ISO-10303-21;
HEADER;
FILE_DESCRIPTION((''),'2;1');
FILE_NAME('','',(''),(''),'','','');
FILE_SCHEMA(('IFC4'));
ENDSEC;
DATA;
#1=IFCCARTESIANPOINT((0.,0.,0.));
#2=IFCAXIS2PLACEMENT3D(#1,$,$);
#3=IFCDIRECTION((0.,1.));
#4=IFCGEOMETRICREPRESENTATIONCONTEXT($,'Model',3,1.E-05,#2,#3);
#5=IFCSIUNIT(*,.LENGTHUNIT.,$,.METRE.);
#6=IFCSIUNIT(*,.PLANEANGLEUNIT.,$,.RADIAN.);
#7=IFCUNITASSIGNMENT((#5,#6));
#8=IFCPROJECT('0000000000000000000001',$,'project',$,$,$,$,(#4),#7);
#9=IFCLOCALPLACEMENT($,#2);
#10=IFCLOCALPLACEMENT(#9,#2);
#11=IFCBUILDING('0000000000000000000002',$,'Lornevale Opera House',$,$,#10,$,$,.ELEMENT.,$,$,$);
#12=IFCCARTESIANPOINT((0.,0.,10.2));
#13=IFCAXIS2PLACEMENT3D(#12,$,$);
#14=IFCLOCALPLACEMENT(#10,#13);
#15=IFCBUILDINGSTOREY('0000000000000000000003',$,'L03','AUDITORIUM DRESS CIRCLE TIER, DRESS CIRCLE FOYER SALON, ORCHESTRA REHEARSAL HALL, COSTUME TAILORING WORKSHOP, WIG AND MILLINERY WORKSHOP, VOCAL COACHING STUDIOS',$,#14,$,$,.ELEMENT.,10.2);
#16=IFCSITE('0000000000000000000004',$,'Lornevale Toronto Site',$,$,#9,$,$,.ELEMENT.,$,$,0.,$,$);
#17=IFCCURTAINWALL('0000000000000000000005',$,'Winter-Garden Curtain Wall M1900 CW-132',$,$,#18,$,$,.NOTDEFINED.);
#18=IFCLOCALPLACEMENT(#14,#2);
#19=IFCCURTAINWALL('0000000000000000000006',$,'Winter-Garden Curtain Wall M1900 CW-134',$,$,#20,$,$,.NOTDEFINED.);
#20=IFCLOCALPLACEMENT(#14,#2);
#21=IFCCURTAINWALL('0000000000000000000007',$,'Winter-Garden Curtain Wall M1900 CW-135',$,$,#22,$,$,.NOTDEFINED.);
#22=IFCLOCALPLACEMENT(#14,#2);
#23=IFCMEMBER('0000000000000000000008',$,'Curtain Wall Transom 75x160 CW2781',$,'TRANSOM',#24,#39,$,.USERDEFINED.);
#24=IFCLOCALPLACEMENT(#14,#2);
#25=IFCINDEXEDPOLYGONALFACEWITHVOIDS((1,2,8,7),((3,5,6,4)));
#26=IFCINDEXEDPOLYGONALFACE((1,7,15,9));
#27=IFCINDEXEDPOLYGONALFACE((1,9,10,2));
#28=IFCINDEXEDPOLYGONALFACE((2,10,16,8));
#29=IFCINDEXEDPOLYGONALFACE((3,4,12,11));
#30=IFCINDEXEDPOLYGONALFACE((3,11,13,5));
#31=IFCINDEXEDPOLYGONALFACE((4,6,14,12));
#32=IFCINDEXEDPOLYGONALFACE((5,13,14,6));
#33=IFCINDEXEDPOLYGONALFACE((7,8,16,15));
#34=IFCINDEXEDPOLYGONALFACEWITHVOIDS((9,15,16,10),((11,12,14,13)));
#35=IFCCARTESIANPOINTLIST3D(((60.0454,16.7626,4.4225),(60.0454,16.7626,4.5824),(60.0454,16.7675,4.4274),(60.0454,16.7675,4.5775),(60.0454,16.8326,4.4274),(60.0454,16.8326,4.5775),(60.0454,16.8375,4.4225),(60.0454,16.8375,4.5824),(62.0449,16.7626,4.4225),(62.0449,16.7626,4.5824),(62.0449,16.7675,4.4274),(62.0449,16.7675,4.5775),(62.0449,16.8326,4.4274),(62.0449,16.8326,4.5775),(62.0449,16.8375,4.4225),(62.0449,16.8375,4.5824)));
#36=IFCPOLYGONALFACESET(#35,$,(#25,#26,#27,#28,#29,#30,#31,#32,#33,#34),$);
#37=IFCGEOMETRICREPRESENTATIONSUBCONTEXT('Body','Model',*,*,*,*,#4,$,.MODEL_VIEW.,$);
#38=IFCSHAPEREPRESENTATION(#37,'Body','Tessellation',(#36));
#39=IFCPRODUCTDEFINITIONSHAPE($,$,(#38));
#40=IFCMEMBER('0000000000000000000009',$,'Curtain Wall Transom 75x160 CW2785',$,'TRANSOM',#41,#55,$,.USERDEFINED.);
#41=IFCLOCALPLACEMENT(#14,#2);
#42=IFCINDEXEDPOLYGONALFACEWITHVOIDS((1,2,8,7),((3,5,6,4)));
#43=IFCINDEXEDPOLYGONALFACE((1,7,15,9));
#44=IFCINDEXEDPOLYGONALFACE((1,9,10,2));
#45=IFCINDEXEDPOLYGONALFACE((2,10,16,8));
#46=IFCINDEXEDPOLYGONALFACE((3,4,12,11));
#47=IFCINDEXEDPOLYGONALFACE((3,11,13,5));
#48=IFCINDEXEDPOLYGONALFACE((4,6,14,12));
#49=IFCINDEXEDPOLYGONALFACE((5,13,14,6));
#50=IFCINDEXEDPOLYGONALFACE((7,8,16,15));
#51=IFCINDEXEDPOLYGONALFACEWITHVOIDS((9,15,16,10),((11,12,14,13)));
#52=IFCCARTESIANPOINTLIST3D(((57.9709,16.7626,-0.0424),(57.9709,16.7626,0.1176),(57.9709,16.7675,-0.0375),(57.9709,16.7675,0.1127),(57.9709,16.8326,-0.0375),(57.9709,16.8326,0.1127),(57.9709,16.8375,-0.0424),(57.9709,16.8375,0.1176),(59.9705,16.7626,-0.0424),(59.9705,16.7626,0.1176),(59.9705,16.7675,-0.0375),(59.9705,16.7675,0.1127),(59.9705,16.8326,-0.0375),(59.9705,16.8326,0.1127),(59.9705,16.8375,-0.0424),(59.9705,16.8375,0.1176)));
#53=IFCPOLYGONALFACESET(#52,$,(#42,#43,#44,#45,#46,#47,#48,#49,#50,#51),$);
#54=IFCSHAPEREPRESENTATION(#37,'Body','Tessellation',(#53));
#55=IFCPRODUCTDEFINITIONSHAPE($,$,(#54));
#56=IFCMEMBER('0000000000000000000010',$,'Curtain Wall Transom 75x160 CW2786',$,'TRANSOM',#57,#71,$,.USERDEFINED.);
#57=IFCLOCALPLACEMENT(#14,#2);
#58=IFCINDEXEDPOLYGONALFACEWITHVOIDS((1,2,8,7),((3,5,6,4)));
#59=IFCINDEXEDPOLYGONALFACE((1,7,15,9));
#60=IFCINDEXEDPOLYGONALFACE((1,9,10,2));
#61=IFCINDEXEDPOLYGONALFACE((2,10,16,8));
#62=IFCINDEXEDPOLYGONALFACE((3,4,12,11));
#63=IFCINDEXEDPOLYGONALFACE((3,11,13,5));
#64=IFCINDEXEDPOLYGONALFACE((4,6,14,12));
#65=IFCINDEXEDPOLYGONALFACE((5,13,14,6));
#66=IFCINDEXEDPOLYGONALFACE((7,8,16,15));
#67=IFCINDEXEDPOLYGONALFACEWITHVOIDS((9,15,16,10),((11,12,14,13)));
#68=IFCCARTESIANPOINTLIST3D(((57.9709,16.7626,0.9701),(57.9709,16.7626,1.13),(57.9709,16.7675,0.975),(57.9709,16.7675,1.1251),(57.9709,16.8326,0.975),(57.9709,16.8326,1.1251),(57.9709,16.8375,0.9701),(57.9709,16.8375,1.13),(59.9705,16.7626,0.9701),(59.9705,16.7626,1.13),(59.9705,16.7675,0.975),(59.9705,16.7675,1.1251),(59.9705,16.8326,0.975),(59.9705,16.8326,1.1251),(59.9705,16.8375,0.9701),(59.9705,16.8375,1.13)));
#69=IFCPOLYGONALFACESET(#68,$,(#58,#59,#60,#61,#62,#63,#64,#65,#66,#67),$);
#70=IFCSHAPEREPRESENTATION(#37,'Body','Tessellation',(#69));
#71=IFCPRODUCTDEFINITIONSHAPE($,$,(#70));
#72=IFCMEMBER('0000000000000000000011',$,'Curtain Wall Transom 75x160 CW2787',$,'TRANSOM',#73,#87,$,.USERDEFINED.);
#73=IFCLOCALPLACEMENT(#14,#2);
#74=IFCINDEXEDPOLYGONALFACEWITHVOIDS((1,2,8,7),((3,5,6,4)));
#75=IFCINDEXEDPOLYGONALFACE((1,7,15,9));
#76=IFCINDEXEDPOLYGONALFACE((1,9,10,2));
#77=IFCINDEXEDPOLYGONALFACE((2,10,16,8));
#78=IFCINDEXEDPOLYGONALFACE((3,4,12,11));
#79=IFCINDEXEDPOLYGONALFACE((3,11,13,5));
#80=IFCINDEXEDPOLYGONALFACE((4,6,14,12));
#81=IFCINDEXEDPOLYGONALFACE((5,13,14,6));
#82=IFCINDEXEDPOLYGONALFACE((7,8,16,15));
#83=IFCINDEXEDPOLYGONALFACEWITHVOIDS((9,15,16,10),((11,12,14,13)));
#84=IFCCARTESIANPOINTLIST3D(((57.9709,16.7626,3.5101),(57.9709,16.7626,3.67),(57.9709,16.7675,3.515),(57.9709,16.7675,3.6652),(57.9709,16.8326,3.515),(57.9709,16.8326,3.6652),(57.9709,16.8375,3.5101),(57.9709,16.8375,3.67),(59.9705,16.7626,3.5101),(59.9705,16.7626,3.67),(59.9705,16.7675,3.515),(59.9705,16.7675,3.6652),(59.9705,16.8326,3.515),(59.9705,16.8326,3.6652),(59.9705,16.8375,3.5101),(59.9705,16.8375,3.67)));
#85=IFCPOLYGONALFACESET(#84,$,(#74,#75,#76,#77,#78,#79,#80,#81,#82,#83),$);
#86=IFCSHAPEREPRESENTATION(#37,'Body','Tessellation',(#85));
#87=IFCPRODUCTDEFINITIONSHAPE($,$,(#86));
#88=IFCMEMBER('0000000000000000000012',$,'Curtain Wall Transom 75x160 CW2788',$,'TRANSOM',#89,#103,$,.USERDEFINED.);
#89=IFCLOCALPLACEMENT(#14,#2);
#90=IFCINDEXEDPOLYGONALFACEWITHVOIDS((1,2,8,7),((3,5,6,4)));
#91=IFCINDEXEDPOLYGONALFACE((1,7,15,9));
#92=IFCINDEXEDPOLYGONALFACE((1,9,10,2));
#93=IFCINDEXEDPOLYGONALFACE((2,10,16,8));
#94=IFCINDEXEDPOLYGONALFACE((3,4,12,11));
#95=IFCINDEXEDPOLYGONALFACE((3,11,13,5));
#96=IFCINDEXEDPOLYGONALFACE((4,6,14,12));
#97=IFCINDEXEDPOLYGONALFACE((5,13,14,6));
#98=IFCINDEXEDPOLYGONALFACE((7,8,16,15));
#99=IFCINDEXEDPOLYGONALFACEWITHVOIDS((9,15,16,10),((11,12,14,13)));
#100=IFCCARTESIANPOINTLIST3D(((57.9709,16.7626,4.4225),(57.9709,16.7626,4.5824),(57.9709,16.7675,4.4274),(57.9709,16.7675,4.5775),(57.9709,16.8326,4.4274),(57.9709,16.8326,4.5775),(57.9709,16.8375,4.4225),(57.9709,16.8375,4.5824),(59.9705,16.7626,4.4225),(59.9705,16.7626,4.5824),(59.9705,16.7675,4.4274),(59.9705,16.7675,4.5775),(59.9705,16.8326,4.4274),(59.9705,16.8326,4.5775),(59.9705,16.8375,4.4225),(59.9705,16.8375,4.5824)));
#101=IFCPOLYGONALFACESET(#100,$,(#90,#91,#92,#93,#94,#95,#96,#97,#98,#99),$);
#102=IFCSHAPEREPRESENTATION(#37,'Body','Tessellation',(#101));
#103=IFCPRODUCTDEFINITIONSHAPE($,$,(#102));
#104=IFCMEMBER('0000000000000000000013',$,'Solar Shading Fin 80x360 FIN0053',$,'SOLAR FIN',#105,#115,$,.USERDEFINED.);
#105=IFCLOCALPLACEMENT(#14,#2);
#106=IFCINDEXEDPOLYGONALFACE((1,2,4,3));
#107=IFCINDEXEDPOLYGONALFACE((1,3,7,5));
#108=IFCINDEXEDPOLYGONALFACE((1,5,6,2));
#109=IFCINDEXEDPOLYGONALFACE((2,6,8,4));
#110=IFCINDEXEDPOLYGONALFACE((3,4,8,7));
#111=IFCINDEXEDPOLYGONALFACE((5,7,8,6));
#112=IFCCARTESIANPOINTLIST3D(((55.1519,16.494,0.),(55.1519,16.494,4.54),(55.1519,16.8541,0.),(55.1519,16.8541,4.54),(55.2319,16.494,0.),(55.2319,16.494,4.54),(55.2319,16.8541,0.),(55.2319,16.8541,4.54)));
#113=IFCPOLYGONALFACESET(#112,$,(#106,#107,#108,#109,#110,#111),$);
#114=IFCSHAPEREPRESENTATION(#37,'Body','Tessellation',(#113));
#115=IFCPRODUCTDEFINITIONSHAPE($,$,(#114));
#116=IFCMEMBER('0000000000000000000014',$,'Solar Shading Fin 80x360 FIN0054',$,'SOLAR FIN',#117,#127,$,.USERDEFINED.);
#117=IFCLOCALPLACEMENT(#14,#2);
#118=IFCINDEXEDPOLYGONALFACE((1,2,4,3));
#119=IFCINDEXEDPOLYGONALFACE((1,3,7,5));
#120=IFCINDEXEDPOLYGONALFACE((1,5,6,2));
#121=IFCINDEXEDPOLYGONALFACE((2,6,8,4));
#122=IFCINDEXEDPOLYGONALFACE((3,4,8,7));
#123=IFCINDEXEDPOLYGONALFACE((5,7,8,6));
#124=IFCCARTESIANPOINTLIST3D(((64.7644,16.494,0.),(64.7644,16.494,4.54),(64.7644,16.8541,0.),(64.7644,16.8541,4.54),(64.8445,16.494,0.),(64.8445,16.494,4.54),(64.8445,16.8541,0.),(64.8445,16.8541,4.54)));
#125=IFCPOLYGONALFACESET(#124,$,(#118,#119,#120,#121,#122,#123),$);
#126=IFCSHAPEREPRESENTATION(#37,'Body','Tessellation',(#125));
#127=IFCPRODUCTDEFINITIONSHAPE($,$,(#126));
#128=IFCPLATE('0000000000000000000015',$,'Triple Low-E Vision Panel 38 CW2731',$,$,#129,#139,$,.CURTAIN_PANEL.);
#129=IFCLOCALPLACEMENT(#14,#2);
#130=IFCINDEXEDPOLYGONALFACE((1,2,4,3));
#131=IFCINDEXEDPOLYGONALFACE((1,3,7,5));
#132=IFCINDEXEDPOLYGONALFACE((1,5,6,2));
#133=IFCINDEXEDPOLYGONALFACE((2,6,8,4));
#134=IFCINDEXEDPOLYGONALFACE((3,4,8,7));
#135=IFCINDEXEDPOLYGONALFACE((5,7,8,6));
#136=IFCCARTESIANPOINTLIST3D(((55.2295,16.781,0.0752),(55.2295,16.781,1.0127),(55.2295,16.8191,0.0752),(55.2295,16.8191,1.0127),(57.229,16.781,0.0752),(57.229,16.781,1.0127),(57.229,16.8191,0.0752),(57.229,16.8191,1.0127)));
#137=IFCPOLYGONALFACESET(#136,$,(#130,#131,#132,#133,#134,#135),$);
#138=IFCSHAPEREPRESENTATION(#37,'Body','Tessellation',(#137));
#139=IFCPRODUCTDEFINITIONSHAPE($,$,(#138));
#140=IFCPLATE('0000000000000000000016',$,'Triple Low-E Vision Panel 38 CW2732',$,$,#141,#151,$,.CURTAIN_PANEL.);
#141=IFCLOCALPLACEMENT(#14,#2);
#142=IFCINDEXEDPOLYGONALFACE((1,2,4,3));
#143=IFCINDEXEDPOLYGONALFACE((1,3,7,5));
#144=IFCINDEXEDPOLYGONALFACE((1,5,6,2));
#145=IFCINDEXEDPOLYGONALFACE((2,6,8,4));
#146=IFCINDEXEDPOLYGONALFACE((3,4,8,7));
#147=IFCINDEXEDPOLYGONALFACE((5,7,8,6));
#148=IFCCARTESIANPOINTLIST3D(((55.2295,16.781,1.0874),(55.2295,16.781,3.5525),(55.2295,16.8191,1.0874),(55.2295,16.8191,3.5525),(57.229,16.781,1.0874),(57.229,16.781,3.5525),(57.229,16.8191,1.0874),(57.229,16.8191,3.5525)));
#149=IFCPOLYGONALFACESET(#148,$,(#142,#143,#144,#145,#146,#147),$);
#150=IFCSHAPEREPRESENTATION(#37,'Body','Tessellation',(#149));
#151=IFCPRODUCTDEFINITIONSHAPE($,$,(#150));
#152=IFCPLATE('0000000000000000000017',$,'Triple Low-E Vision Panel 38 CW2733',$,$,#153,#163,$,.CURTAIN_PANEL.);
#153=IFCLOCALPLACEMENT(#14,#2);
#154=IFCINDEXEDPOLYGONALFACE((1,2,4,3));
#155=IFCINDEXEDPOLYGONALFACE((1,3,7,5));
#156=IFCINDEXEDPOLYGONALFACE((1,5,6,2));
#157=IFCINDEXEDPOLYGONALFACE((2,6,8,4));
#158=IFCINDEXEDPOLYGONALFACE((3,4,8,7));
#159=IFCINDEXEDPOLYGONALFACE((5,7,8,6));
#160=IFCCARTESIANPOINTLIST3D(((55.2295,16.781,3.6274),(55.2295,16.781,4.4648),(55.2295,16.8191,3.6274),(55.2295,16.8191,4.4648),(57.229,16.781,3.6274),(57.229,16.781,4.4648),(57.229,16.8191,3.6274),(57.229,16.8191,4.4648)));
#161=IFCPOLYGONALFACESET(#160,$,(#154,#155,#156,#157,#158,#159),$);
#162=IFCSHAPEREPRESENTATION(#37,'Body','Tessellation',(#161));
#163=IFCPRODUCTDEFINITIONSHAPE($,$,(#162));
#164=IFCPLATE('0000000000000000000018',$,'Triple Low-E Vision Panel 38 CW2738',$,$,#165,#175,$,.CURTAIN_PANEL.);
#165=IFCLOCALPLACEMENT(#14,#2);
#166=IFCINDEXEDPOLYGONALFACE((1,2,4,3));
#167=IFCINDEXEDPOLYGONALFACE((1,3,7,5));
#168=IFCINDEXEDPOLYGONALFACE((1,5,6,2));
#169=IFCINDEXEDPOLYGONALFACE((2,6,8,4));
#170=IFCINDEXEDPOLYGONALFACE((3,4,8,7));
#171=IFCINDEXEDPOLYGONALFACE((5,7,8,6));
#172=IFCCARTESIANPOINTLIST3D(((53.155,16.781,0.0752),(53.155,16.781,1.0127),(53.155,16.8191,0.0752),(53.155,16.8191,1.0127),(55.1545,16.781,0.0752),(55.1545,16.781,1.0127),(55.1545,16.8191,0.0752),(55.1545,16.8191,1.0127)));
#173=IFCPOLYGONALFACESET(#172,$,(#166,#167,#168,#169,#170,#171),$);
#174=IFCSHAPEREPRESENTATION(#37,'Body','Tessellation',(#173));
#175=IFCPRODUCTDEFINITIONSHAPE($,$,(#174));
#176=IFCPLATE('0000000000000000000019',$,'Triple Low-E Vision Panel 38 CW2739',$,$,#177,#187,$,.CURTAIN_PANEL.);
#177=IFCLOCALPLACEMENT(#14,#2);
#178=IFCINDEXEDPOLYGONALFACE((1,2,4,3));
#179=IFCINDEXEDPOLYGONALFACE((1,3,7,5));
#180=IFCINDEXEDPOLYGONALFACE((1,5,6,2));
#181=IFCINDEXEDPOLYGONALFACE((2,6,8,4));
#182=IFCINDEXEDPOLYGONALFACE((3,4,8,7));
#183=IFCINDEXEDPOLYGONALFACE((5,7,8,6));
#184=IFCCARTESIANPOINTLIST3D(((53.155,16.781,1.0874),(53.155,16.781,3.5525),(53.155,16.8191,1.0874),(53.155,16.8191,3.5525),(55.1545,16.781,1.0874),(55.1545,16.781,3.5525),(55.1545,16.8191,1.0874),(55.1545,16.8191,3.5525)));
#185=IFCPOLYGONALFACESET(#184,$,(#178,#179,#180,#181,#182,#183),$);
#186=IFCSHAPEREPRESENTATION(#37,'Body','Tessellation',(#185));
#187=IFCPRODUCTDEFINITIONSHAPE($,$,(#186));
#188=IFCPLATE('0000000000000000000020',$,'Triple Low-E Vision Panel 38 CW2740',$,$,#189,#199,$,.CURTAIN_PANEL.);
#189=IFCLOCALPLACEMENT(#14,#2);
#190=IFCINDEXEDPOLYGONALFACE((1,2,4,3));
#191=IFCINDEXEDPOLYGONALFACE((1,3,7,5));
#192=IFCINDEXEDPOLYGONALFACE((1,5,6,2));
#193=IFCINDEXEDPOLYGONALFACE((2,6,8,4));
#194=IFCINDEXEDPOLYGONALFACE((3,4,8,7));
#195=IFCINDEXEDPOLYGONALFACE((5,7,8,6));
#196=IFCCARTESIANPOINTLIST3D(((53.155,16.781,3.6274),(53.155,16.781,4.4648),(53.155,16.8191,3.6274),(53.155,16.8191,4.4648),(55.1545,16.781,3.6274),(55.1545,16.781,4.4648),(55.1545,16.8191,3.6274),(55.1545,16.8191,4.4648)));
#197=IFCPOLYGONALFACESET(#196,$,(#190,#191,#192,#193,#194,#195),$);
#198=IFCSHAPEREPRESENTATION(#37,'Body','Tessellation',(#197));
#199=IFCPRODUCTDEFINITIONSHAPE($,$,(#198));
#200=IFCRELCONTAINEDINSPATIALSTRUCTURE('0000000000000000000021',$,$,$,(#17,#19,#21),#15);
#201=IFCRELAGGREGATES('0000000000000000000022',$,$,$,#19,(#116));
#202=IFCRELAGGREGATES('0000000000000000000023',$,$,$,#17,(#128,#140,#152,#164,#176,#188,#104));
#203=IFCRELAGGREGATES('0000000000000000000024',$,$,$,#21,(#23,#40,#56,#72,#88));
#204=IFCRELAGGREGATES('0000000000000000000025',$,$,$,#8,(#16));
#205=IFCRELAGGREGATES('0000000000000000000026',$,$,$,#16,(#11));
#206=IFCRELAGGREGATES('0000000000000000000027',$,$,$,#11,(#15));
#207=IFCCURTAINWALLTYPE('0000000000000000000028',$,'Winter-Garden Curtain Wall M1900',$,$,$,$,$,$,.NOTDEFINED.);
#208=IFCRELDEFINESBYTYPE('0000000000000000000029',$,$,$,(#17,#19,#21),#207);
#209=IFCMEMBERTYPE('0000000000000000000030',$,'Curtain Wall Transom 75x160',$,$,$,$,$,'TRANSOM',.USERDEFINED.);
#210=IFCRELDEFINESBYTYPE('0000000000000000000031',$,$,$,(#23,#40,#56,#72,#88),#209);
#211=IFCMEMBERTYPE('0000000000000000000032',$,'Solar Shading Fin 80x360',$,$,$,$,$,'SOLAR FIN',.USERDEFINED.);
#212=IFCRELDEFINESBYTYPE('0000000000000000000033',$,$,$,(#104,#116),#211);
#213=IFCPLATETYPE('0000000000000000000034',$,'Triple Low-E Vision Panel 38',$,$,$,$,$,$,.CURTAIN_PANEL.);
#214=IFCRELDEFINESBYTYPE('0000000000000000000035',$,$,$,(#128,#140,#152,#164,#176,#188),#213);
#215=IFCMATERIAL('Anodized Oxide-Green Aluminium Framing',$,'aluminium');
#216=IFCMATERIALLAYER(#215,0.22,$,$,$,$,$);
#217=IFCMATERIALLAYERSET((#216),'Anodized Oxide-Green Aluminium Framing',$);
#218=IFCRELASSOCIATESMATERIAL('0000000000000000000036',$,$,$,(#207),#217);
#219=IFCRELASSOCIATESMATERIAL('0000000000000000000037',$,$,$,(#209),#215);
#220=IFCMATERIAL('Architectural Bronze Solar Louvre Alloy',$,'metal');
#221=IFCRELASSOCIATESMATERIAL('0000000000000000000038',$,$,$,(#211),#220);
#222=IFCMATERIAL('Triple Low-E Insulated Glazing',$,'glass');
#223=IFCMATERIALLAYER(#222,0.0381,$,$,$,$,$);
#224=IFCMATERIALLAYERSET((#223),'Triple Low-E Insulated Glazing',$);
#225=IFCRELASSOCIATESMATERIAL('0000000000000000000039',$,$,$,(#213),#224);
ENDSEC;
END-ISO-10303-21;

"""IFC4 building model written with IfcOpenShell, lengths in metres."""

from ifc_helpers import new_model, si_unit, direction, frame, origin, origin_2d, place, context, subcontext, project, spatial, rectangle, hollow_rectangle, extrude, material, layer, layer_set, material_profile, profile_set, type_object, element, aggregate, save


model = new_model("IFC4")

# Units and contexts
model_context = context("Model", 3, precision=1e-05, world=origin(), true_north=direction((0.0, 1.0)))
body_context = subcontext(model_context, "Body", "Model", "MODEL_VIEW")
ifc_project = project(units=[si_unit("LENGTHUNIT", "METRE"), si_unit("PLANEANGLEUNIT", "RADIAN")], contexts=[model_context])

# Site, building, storey
site_placement = place(None, origin())
site = spatial("IfcSite", under=ifc_project, at=site_placement, Name="Lornevale Toronto Site", CompositionType="ELEMENT", RefElevation=0.0)
building_placement = place(site_placement, origin())
building = spatial("IfcBuilding", under=site, at=building_placement, Name="Lornevale Opera House", CompositionType="ELEMENT")
storey_placement = place(building_placement, frame((0.0, 0.0, 10.2)))
storey = spatial("IfcBuildingStorey", under=building, at=storey_placement, Name="L03", Description="AUDITORIUM DRESS CIRCLE TIER, DRESS CIRCLE FOYER SALON, ORCHESTRA REHEARSAL HALL, COSTUME TAILORING WORKSHOP, WIG AND MILLINERY WORKSHOP, VOCAL COACHING STUDIOS", CompositionType="ELEMENT", Elevation=10.2)

# Curtain wall
ifc_material_1 = material(Name="Anodized Oxide-Green Aluminium Framing", Category="aluminium")
ifc_layer_1 = layer(ifc_material_1, 0.22)
ifc_layer_set_1 = layer_set([ifc_layer_1], Name="Anodized Oxide-Green Aluminium Framing")
curtain_wall_type = type_object("IfcCurtainWallType", Name="Winter-Garden Curtain Wall M1900", PredefinedType="NOTDEFINED", material=ifc_layer_set_1)
curtain_wall_1_placement = place(storey_placement, origin())
curtain_wall_1 = element("IfcCurtainWall", 1, at=curtain_wall_1_placement, inside=storey, type_object=curtain_wall_type, Name="Winter-Garden Curtain Wall M1900 CW-132", PredefinedType="NOTDEFINED")

# Curtain wall
curtain_wall_2_placement = place(storey_placement, origin())
curtain_wall_2 = element("IfcCurtainWall", 2, at=curtain_wall_2_placement, inside=storey, type_object=curtain_wall_type, Name="Winter-Garden Curtain Wall M1900 CW-134", PredefinedType="NOTDEFINED")

# Curtain wall
curtain_wall_3_placement = place(storey_placement, origin())
curtain_wall_3 = element("IfcCurtainWall", 3, at=curtain_wall_3_placement, inside=storey, type_object=curtain_wall_type, Name="Winter-Garden Curtain Wall M1900 CW-135", PredefinedType="NOTDEFINED")

# Members
ifc_material_profile_1 = material_profile(ifc_material_1, hollow_rectangle(XDim=0.075, YDim=0.1599, WallThickness=0.0049, at=origin_2d()), Name="ALU75x160x5")
ifc_profile_set_1 = profile_set([ifc_material_profile_1], Name="Anodized Oxide-Green Aluminium Framing")
member_type_1 = type_object("IfcMemberType", Name="Curtain Wall Transom 75x160", ElementType="TRANSOM", PredefinedType="USERDEFINED", material=ifc_profile_set_1)
member_1_placement = place(storey_placement, frame((62.0449, 16.8, 4.5024), z_axis=(-1.0, 0.0, 0.0), x_axis=(0.0, -1.0, 0.0)))
member_1 = element("IfcMember", 4, at=member_1_placement, type_object=member_type_1, Name="Curtain Wall Transom 75x160 CW2781", ObjectType="TRANSOM", PredefinedType="USERDEFINED", context=body_context, shape_type="SweptSolid", body=[
    extrude(hollow_rectangle(XDim=0.075, YDim=0.1599, WallThickness=0.0049, at=origin_2d()), origin(), (0.0, 0.0, 1.0), 1.9995),
])
member_2_placement = place(storey_placement, frame((59.9705, 16.8, 0.0376), z_axis=(-1.0, 0.0, 0.0), x_axis=(0.0, -1.0, 0.0)))
member_2 = element("IfcMember", 5, at=member_2_placement, type_object=member_type_1, Name="Curtain Wall Transom 75x160 CW2785", ObjectType="TRANSOM", PredefinedType="USERDEFINED", context=body_context, shape_type="SweptSolid", body=[
    extrude(hollow_rectangle(XDim=0.075, YDim=0.1599, WallThickness=0.0049, at=origin_2d()), origin(), (0.0, 0.0, 1.0), 1.9995),
])
member_3_placement = place(storey_placement, frame((59.9705, 16.8, 1.05), z_axis=(-1.0, 0.0, 0.0), x_axis=(0.0, -1.0, 0.0)))
member_3 = element("IfcMember", 6, at=member_3_placement, type_object=member_type_1, Name="Curtain Wall Transom 75x160 CW2786", ObjectType="TRANSOM", PredefinedType="USERDEFINED", context=body_context, shape_type="SweptSolid", body=[
    extrude(hollow_rectangle(XDim=0.075, YDim=0.1599, WallThickness=0.0049, at=origin_2d()), origin(), (0.0, 0.0, 1.0), 1.9995),
])
member_4_placement = place(storey_placement, frame((59.9705, 16.8, 3.5901), z_axis=(-1.0, 0.0, 0.0), x_axis=(0.0, -1.0, 0.0)))
member_4 = element("IfcMember", 7, at=member_4_placement, type_object=member_type_1, Name="Curtain Wall Transom 75x160 CW2787", ObjectType="TRANSOM", PredefinedType="USERDEFINED", context=body_context, shape_type="SweptSolid", body=[
    extrude(hollow_rectangle(XDim=0.075, YDim=0.1599, WallThickness=0.0049, at=origin_2d()), origin(), (0.0, 0.0, 1.0), 1.9995),
])
member_5_placement = place(storey_placement, frame((59.9705, 16.8, 4.5024), z_axis=(-1.0, 0.0, 0.0), x_axis=(0.0, -1.0, 0.0)))
member_5 = element("IfcMember", 8, at=member_5_placement, type_object=member_type_1, Name="Curtain Wall Transom 75x160 CW2788", ObjectType="TRANSOM", PredefinedType="USERDEFINED", context=body_context, shape_type="SweptSolid", body=[
    extrude(hollow_rectangle(XDim=0.075, YDim=0.1599, WallThickness=0.0049, at=origin_2d()), origin(), (0.0, 0.0, 1.0), 1.9995),
])
ifc_material_2 = material(Name="Architectural Bronze Solar Louvre Alloy", Category="metal")
ifc_material_profile_2 = material_profile(ifc_material_2, rectangle(XDim=0.0801, YDim=0.3601, at=origin_2d()), Name="FIN80x360")
ifc_profile_set_2 = profile_set([ifc_material_profile_2], Name="Architectural Bronze Solar Louvre Alloy")
member_type_2 = type_object("IfcMemberType", Name="Solar Shading Fin 80x360", ElementType="SOLAR FIN", PredefinedType="USERDEFINED", material=ifc_profile_set_2)
member_6_placement = place(storey_placement, frame((55.1919, 16.6741, 0.0), z_axis=(0.0, 0.0, 1.0), x_axis=(-1.0, 0.0, 0.0)))
member_6 = element("IfcMember", 9, at=member_6_placement, type_object=member_type_2, Name="Solar Shading Fin 80x360 FIN0053", ObjectType="SOLAR FIN", PredefinedType="USERDEFINED", context=body_context, shape_type="SweptSolid", body=[
    extrude(rectangle(XDim=0.0801, YDim=0.3601, at=origin_2d()), origin(), (0.0, 0.0, 1.0), 4.54),
])
member_7_placement = place(storey_placement, frame((64.8044, 16.6741, 0.0), z_axis=(0.0, 0.0, 1.0), x_axis=(-1.0, 0.0, 0.0)))
member_7 = element("IfcMember", 10, at=member_7_placement, type_object=member_type_2, Name="Solar Shading Fin 80x360 FIN0054", ObjectType="SOLAR FIN", PredefinedType="USERDEFINED", context=body_context, shape_type="SweptSolid", body=[
    extrude(rectangle(XDim=0.0801, YDim=0.3601, at=origin_2d()), origin(), (0.0, 0.0, 1.0), 4.54),
])
aggregate(curtain_wall_2, [member_7])

# Plates
ifc_material_3 = material(Name="Triple Low-E Insulated Glazing", Category="glass")
ifc_layer_2 = layer(ifc_material_3, 0.0381)
ifc_layer_set_2 = layer_set([ifc_layer_2], Name="Triple Low-E Insulated Glazing")
plate_type = type_object("IfcPlateType", Name="Triple Low-E Vision Panel 38", PredefinedType="CURTAIN_PANEL", material=ifc_layer_set_2)
plate_1_placement = place(storey_placement, frame((56.2292, 16.8, 0.0752), z_axis=(0.0, 0.0, 1.0), x_axis=(-1.0, 0.0, 0.0)))
plate_1 = element("IfcPlate", 11, at=plate_1_placement, type_object=plate_type, Name="Triple Low-E Vision Panel 38 CW2731", PredefinedType="CURTAIN_PANEL", context=body_context, shape_type="SweptSolid", body=[
    extrude(rectangle(XDim=1.9995, YDim=0.0381, at=origin_2d()), origin(), (0.0, 0.0, 1.0), 0.9375),
])
plate_2_placement = place(storey_placement, frame((56.2292, 16.8, 1.0874), z_axis=(0.0, 0.0, 1.0), x_axis=(-1.0, 0.0, 0.0)))
plate_2 = element("IfcPlate", 12, at=plate_2_placement, type_object=plate_type, Name="Triple Low-E Vision Panel 38 CW2732", PredefinedType="CURTAIN_PANEL", context=body_context, shape_type="SweptSolid", body=[
    extrude(rectangle(XDim=1.9995, YDim=0.0381, at=origin_2d()), origin(), (0.0, 0.0, 1.0), 2.4651),
])
plate_3_placement = place(storey_placement, frame((56.2292, 16.8, 3.6274), z_axis=(0.0, 0.0, 1.0), x_axis=(-1.0, 0.0, 0.0)))
plate_3 = element("IfcPlate", 13, at=plate_3_placement, type_object=plate_type, Name="Triple Low-E Vision Panel 38 CW2733", PredefinedType="CURTAIN_PANEL", context=body_context, shape_type="SweptSolid", body=[
    extrude(rectangle(XDim=1.9995, YDim=0.0381, at=origin_2d()), origin(), (0.0, 0.0, 1.0), 0.8374),
])
plate_4_placement = place(storey_placement, frame((54.1548, 16.8, 0.0752), z_axis=(0.0, 0.0, 1.0), x_axis=(-1.0, 0.0, 0.0)))
plate_4 = element("IfcPlate", 14, at=plate_4_placement, type_object=plate_type, Name="Triple Low-E Vision Panel 38 CW2738", PredefinedType="CURTAIN_PANEL", context=body_context, shape_type="SweptSolid", body=[
    extrude(rectangle(XDim=1.9995, YDim=0.0381, at=origin_2d()), origin(), (0.0, 0.0, 1.0), 0.9375),
])
plate_5_placement = place(storey_placement, frame((54.1548, 16.8, 1.0874), z_axis=(0.0, 0.0, 1.0), x_axis=(-1.0, 0.0, 0.0)))
plate_5 = element("IfcPlate", 15, at=plate_5_placement, type_object=plate_type, Name="Triple Low-E Vision Panel 38 CW2739", PredefinedType="CURTAIN_PANEL", context=body_context, shape_type="SweptSolid", body=[
    extrude(rectangle(XDim=1.9995, YDim=0.0381, at=origin_2d()), origin(), (0.0, 0.0, 1.0), 2.4651),
])
plate_6_placement = place(storey_placement, frame((54.1548, 16.8, 3.6274), z_axis=(0.0, 0.0, 1.0), x_axis=(-1.0, 0.0, 0.0)))
plate_6 = element("IfcPlate", 16, at=plate_6_placement, type_object=plate_type, Name="Triple Low-E Vision Panel 38 CW2740", PredefinedType="CURTAIN_PANEL", context=body_context, shape_type="SweptSolid", body=[
    extrude(rectangle(XDim=1.9995, YDim=0.0381, at=origin_2d()), origin(), (0.0, 0.0, 1.0), 0.8374),
])
aggregate(curtain_wall_1, [plate_1, plate_2, plate_3, plate_4, plate_5, plate_6, member_6])
aggregate(curtain_wall_3, [member_1, member_2, member_3, member_4, member_5])

save(model, "model.ifc")
